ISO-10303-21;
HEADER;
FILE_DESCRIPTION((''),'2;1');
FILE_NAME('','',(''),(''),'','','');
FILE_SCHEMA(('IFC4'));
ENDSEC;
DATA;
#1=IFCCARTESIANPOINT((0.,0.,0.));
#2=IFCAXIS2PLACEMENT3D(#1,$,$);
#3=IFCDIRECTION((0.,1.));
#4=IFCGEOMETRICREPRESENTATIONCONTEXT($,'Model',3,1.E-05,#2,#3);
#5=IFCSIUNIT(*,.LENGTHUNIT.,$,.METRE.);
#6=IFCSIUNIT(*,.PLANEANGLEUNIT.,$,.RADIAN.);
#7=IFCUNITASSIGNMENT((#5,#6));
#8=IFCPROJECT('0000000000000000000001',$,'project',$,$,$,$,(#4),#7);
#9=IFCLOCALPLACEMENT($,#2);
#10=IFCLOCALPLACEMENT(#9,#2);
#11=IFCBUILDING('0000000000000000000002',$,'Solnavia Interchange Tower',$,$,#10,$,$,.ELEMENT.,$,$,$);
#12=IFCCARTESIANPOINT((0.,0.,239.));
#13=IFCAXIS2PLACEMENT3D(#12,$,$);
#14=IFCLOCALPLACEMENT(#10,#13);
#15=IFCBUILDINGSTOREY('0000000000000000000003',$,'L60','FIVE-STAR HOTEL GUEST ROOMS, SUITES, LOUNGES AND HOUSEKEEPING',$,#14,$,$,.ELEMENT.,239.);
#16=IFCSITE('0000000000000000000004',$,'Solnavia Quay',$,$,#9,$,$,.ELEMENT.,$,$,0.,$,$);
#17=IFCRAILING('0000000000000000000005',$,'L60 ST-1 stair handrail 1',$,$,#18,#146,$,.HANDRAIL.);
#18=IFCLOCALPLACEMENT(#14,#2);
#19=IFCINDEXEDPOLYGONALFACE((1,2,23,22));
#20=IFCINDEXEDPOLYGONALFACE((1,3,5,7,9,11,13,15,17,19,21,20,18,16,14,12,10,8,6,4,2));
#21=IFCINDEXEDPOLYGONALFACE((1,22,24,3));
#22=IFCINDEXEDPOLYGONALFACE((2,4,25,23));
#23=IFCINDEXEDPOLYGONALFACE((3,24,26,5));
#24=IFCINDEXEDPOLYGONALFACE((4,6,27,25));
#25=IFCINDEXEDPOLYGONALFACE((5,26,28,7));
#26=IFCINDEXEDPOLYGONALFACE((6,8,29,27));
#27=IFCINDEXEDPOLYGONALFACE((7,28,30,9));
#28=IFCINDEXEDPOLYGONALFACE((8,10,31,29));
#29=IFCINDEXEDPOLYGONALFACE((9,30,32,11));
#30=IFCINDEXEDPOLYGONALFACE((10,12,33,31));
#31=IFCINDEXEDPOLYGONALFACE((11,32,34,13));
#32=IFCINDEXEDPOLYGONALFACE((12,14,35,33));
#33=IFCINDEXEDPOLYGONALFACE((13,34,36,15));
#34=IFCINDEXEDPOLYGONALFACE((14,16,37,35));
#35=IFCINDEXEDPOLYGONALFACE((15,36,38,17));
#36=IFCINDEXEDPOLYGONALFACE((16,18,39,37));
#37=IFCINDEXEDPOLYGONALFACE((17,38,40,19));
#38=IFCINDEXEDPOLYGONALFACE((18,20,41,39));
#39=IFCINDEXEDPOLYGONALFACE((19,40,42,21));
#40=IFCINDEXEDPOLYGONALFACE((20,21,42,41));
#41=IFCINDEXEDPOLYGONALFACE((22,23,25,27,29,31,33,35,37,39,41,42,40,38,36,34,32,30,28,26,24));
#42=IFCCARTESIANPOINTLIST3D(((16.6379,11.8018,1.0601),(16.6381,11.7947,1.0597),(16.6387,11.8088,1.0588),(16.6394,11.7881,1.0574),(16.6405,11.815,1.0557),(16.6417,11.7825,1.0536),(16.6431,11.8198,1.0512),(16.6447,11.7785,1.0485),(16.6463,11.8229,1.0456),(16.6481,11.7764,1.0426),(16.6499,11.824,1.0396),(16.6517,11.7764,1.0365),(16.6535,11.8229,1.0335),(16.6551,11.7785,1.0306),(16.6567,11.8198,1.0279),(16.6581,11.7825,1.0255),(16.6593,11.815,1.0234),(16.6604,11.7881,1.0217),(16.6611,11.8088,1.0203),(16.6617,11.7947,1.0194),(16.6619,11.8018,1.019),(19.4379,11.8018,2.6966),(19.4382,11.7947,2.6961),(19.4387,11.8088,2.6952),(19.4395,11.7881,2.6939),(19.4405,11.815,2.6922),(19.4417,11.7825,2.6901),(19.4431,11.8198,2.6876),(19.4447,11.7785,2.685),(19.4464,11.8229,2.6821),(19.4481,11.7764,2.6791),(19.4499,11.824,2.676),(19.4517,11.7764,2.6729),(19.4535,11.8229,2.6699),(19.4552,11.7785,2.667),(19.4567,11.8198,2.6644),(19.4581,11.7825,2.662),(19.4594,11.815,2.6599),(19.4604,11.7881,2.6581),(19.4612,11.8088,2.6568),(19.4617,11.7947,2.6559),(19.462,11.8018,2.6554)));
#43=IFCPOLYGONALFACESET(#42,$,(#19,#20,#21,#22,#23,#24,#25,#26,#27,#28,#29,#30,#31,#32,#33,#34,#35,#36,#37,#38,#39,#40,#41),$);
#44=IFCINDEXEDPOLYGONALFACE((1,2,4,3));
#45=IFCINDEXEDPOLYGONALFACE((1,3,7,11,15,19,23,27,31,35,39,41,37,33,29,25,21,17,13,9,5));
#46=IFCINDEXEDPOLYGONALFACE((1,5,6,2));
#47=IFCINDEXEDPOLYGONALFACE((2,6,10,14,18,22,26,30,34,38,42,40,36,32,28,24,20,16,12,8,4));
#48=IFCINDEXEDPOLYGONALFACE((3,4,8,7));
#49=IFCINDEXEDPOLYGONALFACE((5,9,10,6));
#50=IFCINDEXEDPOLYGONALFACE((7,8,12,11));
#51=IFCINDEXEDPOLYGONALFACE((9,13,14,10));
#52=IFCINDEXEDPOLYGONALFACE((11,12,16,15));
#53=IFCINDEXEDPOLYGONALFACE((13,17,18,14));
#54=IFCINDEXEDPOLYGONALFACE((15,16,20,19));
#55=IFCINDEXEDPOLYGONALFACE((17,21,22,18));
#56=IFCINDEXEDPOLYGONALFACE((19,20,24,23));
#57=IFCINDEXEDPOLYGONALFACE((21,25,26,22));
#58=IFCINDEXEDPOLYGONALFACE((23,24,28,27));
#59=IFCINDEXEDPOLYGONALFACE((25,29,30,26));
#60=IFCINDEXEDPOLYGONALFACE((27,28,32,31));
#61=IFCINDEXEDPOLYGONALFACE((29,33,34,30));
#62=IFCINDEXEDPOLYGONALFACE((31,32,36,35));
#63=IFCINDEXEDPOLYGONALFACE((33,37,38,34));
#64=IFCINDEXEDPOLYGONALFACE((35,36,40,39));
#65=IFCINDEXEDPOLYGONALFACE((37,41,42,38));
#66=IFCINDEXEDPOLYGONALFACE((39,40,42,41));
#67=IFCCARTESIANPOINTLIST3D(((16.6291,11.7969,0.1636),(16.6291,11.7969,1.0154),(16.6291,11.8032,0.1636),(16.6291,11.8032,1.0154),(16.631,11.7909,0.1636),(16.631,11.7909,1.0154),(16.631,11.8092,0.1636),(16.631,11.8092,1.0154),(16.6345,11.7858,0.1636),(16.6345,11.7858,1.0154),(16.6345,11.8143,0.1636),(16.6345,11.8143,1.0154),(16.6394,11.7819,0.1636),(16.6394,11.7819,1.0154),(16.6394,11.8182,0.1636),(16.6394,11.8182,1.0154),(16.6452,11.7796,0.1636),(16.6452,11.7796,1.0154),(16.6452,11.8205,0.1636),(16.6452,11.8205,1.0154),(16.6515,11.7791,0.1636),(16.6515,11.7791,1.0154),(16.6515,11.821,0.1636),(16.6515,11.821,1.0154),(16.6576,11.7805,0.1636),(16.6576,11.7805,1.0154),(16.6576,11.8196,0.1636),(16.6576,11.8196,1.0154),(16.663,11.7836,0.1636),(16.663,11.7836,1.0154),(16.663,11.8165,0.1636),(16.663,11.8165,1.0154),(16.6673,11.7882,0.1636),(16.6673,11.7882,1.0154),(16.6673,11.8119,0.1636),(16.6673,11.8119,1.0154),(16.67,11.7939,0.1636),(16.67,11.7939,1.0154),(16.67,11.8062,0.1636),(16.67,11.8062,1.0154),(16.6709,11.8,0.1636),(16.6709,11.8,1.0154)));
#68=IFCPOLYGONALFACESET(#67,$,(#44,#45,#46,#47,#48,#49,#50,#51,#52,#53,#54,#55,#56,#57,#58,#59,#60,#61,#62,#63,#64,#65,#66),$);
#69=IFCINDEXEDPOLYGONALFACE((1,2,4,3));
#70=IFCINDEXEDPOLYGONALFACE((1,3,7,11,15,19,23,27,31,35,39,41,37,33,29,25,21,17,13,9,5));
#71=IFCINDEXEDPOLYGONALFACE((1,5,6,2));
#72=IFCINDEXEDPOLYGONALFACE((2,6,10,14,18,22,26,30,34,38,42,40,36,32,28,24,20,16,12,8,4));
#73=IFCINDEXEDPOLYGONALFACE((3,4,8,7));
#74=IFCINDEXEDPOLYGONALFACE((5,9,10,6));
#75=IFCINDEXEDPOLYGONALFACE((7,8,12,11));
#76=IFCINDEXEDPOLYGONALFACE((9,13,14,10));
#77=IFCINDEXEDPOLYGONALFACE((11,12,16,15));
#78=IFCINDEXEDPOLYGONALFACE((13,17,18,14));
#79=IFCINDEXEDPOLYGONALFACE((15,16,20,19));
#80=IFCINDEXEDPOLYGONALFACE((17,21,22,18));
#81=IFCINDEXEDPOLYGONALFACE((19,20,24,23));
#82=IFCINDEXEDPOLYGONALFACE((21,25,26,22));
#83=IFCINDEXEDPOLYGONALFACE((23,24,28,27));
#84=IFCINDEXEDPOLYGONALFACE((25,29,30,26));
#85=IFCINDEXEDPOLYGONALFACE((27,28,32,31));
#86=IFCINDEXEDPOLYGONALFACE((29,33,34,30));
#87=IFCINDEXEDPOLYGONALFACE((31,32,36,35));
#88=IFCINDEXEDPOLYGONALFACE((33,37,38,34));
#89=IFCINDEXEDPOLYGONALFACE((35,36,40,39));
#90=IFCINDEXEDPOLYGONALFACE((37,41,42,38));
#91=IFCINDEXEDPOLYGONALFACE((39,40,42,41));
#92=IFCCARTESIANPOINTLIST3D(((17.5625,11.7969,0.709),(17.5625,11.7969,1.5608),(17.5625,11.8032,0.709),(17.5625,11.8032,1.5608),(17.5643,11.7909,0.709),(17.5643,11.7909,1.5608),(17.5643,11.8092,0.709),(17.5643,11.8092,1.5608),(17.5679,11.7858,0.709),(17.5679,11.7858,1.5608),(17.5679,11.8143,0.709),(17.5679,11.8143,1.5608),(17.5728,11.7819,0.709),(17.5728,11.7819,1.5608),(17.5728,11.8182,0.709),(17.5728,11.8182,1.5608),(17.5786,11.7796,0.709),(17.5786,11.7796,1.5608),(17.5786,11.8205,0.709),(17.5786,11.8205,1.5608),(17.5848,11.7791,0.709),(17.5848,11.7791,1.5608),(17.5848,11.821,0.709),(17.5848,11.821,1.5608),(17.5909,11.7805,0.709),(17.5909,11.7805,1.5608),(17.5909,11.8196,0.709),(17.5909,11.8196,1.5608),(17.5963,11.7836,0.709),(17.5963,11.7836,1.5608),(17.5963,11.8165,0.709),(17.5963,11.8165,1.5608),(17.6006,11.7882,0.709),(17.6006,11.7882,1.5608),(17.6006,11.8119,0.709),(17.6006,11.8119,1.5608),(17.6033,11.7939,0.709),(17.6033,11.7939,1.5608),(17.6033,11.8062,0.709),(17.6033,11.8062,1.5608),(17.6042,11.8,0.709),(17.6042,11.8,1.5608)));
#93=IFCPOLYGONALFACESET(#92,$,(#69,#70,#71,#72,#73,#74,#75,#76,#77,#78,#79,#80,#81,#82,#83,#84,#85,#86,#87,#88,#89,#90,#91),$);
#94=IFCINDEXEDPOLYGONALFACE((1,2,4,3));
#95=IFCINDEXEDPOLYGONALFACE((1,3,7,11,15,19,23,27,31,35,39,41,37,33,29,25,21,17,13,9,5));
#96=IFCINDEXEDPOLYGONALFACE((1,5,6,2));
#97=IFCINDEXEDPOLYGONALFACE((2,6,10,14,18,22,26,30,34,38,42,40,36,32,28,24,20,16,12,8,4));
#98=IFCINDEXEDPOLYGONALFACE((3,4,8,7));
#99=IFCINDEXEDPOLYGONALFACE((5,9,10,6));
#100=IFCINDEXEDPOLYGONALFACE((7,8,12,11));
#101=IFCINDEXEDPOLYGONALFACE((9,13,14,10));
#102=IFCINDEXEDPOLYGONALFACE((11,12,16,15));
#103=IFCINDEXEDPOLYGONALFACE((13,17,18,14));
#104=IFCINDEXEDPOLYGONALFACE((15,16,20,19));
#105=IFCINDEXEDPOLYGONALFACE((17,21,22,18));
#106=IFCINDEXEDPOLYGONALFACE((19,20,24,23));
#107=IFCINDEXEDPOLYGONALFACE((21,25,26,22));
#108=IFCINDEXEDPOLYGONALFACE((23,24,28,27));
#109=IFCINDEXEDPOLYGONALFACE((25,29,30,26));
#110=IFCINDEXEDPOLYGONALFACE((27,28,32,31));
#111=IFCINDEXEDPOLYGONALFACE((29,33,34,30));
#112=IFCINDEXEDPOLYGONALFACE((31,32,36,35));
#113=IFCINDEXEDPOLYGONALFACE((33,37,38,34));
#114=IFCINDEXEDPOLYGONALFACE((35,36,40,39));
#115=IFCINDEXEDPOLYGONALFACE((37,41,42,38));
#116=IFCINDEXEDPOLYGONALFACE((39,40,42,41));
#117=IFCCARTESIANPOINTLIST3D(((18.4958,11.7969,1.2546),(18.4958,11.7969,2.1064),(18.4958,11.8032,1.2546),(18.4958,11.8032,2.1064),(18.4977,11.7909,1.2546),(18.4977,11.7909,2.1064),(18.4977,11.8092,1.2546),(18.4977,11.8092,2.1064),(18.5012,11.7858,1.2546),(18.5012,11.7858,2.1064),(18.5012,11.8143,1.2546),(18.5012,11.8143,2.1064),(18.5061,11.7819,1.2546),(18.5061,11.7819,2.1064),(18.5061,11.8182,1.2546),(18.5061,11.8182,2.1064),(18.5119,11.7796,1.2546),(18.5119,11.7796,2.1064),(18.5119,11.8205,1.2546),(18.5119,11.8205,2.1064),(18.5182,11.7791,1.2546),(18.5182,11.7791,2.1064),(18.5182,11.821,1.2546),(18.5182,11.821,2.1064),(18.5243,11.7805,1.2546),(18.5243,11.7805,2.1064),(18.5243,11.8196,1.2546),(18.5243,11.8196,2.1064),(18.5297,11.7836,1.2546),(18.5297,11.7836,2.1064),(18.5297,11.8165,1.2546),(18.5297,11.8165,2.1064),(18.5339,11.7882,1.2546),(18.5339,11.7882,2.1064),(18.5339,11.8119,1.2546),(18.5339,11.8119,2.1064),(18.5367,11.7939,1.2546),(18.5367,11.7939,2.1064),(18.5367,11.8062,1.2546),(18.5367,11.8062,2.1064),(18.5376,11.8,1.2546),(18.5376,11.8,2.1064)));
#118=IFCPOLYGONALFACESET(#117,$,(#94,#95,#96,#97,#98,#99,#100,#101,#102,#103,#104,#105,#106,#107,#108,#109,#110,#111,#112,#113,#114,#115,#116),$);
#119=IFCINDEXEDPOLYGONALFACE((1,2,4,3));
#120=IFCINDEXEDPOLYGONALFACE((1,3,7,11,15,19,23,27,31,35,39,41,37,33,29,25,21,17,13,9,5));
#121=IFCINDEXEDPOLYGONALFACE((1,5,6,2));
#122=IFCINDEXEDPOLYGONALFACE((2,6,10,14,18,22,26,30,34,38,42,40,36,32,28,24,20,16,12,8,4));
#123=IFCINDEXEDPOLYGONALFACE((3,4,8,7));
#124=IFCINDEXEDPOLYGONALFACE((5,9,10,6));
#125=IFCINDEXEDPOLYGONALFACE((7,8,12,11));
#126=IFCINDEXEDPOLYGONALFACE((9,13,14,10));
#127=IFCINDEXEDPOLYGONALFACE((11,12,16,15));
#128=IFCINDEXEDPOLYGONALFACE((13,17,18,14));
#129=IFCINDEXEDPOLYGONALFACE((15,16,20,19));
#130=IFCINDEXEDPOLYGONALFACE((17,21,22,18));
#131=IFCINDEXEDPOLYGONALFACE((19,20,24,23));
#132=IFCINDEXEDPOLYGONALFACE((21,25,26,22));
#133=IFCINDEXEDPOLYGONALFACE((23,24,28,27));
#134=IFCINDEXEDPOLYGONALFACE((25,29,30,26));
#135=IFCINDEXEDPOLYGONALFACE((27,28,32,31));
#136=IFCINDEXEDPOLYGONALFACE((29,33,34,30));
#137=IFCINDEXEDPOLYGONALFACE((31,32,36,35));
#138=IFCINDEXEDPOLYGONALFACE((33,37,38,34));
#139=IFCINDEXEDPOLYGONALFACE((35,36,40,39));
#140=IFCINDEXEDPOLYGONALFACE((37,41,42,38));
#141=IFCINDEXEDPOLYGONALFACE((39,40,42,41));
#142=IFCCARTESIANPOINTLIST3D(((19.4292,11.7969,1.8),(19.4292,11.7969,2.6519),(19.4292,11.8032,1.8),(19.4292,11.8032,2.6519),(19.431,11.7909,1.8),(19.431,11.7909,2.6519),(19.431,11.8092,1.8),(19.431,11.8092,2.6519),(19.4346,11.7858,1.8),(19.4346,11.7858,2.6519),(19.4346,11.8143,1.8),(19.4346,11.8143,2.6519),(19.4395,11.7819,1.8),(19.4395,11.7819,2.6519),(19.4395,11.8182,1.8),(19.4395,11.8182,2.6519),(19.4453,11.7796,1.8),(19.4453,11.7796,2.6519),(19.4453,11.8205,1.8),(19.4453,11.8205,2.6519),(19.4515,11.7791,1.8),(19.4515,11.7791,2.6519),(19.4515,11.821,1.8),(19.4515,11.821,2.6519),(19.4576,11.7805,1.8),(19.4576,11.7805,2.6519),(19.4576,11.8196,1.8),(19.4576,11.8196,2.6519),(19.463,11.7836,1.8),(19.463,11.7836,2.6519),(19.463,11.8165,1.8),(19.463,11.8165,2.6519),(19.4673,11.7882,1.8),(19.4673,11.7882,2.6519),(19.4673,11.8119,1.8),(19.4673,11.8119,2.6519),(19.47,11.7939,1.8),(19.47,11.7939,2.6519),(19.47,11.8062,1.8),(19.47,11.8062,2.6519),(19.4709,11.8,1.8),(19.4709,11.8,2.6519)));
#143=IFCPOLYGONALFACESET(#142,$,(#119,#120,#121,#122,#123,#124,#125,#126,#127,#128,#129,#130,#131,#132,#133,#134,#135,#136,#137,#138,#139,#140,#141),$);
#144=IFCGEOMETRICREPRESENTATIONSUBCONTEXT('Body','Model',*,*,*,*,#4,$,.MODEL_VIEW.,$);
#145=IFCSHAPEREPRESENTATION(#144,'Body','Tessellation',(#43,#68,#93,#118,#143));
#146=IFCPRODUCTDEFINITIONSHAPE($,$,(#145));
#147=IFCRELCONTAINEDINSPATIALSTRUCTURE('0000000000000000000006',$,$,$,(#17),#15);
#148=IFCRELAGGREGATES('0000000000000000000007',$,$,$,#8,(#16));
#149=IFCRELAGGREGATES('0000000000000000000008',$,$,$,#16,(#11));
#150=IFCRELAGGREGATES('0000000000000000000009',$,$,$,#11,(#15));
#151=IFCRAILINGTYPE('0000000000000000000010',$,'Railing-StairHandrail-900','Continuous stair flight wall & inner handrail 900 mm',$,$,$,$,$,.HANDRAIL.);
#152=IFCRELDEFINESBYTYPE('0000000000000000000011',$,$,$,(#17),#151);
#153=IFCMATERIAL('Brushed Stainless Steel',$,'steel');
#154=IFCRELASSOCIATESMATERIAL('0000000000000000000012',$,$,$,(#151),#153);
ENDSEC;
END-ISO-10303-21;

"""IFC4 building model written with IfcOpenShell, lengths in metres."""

from ifc_helpers import new_model, si_unit, direction, frame, origin, origin_2d, place, context, subcontext, project, spatial, circle, extrude, material, type_object, element, save


model = new_model("IFC4")

# Units and contexts
model_context = context("Model", 3, precision=1e-05, world=origin(), true_north=direction((0.0, 1.0)))
body_context = subcontext(model_context, "Body", "Model", "MODEL_VIEW")
ifc_project = project(units=[si_unit("LENGTHUNIT", "METRE"), si_unit("PLANEANGLEUNIT", "RADIAN")], contexts=[model_context])

# Site, building, storey
site_placement = place(None, origin())
site = spatial("IfcSite", under=ifc_project, at=site_placement, Name="Solnavia Quay", CompositionType="ELEMENT", RefElevation=0.0)
building_placement = place(site_placement, origin())
building = spatial("IfcBuilding", under=site, at=building_placement, Name="Solnavia Interchange Tower", CompositionType="ELEMENT")
storey_placement = place(building_placement, frame((0.0, 0.0, 239.0)))
storey = spatial("IfcBuildingStorey", under=building, at=storey_placement, Name="L60", Description="FIVE-STAR HOTEL GUEST ROOMS, SUITES, LOUNGES AND HOUSEKEEPING", CompositionType="ELEMENT", Elevation=239.0)

# Railing
ifc_material_1 = material(Name="Brushed Stainless Steel", Category="steel")
railing_type_1 = type_object("IfcRailingType", Name="Railing-StairHandrail-900", Description="Continuous stair flight wall & inner handrail 900 mm", PredefinedType="HANDRAIL", material=ifc_material_1)
railing_1_placement = place(storey_placement, frame((16.6499, 11.8, 0.1636)))
element("IfcRailing", 1, at=railing_1_placement, inside=storey, type_object=railing_type_1, Name="L60 ST-1 stair handrail 1", PredefinedType="HANDRAIL", context=body_context, shape_type="SweptSolid", body=[
    extrude(circle(Radius=0.0239, at=origin_2d()), frame((0.0, 0.0, 0.876), z_axis=(0.863361, 0.0, 0.504587), x_axis=(0.0, 1.0, 0.0)), (0.0, 0.0, 1.0), 3.2432),
    extrude(circle(Radius=0.021, at=origin_2d()), origin(), (0.0, 0.0, 1.0), 0.8518),
    extrude(circle(Radius=0.021, at=origin_2d()), frame((0.9333, 0.0, 0.5454)), (0.0, 0.0, 1.0), 0.8518),
    extrude(circle(Radius=0.021, at=origin_2d()), frame((1.8667, 0.0, 1.0911)), (0.0, 0.0, 1.0), 0.8518),
    extrude(circle(Radius=0.021, at=origin_2d()), frame((2.8, 0.0, 1.6365)), (0.0, 0.0, 1.0), 0.8518),
])

save(model, "model.ifc")
